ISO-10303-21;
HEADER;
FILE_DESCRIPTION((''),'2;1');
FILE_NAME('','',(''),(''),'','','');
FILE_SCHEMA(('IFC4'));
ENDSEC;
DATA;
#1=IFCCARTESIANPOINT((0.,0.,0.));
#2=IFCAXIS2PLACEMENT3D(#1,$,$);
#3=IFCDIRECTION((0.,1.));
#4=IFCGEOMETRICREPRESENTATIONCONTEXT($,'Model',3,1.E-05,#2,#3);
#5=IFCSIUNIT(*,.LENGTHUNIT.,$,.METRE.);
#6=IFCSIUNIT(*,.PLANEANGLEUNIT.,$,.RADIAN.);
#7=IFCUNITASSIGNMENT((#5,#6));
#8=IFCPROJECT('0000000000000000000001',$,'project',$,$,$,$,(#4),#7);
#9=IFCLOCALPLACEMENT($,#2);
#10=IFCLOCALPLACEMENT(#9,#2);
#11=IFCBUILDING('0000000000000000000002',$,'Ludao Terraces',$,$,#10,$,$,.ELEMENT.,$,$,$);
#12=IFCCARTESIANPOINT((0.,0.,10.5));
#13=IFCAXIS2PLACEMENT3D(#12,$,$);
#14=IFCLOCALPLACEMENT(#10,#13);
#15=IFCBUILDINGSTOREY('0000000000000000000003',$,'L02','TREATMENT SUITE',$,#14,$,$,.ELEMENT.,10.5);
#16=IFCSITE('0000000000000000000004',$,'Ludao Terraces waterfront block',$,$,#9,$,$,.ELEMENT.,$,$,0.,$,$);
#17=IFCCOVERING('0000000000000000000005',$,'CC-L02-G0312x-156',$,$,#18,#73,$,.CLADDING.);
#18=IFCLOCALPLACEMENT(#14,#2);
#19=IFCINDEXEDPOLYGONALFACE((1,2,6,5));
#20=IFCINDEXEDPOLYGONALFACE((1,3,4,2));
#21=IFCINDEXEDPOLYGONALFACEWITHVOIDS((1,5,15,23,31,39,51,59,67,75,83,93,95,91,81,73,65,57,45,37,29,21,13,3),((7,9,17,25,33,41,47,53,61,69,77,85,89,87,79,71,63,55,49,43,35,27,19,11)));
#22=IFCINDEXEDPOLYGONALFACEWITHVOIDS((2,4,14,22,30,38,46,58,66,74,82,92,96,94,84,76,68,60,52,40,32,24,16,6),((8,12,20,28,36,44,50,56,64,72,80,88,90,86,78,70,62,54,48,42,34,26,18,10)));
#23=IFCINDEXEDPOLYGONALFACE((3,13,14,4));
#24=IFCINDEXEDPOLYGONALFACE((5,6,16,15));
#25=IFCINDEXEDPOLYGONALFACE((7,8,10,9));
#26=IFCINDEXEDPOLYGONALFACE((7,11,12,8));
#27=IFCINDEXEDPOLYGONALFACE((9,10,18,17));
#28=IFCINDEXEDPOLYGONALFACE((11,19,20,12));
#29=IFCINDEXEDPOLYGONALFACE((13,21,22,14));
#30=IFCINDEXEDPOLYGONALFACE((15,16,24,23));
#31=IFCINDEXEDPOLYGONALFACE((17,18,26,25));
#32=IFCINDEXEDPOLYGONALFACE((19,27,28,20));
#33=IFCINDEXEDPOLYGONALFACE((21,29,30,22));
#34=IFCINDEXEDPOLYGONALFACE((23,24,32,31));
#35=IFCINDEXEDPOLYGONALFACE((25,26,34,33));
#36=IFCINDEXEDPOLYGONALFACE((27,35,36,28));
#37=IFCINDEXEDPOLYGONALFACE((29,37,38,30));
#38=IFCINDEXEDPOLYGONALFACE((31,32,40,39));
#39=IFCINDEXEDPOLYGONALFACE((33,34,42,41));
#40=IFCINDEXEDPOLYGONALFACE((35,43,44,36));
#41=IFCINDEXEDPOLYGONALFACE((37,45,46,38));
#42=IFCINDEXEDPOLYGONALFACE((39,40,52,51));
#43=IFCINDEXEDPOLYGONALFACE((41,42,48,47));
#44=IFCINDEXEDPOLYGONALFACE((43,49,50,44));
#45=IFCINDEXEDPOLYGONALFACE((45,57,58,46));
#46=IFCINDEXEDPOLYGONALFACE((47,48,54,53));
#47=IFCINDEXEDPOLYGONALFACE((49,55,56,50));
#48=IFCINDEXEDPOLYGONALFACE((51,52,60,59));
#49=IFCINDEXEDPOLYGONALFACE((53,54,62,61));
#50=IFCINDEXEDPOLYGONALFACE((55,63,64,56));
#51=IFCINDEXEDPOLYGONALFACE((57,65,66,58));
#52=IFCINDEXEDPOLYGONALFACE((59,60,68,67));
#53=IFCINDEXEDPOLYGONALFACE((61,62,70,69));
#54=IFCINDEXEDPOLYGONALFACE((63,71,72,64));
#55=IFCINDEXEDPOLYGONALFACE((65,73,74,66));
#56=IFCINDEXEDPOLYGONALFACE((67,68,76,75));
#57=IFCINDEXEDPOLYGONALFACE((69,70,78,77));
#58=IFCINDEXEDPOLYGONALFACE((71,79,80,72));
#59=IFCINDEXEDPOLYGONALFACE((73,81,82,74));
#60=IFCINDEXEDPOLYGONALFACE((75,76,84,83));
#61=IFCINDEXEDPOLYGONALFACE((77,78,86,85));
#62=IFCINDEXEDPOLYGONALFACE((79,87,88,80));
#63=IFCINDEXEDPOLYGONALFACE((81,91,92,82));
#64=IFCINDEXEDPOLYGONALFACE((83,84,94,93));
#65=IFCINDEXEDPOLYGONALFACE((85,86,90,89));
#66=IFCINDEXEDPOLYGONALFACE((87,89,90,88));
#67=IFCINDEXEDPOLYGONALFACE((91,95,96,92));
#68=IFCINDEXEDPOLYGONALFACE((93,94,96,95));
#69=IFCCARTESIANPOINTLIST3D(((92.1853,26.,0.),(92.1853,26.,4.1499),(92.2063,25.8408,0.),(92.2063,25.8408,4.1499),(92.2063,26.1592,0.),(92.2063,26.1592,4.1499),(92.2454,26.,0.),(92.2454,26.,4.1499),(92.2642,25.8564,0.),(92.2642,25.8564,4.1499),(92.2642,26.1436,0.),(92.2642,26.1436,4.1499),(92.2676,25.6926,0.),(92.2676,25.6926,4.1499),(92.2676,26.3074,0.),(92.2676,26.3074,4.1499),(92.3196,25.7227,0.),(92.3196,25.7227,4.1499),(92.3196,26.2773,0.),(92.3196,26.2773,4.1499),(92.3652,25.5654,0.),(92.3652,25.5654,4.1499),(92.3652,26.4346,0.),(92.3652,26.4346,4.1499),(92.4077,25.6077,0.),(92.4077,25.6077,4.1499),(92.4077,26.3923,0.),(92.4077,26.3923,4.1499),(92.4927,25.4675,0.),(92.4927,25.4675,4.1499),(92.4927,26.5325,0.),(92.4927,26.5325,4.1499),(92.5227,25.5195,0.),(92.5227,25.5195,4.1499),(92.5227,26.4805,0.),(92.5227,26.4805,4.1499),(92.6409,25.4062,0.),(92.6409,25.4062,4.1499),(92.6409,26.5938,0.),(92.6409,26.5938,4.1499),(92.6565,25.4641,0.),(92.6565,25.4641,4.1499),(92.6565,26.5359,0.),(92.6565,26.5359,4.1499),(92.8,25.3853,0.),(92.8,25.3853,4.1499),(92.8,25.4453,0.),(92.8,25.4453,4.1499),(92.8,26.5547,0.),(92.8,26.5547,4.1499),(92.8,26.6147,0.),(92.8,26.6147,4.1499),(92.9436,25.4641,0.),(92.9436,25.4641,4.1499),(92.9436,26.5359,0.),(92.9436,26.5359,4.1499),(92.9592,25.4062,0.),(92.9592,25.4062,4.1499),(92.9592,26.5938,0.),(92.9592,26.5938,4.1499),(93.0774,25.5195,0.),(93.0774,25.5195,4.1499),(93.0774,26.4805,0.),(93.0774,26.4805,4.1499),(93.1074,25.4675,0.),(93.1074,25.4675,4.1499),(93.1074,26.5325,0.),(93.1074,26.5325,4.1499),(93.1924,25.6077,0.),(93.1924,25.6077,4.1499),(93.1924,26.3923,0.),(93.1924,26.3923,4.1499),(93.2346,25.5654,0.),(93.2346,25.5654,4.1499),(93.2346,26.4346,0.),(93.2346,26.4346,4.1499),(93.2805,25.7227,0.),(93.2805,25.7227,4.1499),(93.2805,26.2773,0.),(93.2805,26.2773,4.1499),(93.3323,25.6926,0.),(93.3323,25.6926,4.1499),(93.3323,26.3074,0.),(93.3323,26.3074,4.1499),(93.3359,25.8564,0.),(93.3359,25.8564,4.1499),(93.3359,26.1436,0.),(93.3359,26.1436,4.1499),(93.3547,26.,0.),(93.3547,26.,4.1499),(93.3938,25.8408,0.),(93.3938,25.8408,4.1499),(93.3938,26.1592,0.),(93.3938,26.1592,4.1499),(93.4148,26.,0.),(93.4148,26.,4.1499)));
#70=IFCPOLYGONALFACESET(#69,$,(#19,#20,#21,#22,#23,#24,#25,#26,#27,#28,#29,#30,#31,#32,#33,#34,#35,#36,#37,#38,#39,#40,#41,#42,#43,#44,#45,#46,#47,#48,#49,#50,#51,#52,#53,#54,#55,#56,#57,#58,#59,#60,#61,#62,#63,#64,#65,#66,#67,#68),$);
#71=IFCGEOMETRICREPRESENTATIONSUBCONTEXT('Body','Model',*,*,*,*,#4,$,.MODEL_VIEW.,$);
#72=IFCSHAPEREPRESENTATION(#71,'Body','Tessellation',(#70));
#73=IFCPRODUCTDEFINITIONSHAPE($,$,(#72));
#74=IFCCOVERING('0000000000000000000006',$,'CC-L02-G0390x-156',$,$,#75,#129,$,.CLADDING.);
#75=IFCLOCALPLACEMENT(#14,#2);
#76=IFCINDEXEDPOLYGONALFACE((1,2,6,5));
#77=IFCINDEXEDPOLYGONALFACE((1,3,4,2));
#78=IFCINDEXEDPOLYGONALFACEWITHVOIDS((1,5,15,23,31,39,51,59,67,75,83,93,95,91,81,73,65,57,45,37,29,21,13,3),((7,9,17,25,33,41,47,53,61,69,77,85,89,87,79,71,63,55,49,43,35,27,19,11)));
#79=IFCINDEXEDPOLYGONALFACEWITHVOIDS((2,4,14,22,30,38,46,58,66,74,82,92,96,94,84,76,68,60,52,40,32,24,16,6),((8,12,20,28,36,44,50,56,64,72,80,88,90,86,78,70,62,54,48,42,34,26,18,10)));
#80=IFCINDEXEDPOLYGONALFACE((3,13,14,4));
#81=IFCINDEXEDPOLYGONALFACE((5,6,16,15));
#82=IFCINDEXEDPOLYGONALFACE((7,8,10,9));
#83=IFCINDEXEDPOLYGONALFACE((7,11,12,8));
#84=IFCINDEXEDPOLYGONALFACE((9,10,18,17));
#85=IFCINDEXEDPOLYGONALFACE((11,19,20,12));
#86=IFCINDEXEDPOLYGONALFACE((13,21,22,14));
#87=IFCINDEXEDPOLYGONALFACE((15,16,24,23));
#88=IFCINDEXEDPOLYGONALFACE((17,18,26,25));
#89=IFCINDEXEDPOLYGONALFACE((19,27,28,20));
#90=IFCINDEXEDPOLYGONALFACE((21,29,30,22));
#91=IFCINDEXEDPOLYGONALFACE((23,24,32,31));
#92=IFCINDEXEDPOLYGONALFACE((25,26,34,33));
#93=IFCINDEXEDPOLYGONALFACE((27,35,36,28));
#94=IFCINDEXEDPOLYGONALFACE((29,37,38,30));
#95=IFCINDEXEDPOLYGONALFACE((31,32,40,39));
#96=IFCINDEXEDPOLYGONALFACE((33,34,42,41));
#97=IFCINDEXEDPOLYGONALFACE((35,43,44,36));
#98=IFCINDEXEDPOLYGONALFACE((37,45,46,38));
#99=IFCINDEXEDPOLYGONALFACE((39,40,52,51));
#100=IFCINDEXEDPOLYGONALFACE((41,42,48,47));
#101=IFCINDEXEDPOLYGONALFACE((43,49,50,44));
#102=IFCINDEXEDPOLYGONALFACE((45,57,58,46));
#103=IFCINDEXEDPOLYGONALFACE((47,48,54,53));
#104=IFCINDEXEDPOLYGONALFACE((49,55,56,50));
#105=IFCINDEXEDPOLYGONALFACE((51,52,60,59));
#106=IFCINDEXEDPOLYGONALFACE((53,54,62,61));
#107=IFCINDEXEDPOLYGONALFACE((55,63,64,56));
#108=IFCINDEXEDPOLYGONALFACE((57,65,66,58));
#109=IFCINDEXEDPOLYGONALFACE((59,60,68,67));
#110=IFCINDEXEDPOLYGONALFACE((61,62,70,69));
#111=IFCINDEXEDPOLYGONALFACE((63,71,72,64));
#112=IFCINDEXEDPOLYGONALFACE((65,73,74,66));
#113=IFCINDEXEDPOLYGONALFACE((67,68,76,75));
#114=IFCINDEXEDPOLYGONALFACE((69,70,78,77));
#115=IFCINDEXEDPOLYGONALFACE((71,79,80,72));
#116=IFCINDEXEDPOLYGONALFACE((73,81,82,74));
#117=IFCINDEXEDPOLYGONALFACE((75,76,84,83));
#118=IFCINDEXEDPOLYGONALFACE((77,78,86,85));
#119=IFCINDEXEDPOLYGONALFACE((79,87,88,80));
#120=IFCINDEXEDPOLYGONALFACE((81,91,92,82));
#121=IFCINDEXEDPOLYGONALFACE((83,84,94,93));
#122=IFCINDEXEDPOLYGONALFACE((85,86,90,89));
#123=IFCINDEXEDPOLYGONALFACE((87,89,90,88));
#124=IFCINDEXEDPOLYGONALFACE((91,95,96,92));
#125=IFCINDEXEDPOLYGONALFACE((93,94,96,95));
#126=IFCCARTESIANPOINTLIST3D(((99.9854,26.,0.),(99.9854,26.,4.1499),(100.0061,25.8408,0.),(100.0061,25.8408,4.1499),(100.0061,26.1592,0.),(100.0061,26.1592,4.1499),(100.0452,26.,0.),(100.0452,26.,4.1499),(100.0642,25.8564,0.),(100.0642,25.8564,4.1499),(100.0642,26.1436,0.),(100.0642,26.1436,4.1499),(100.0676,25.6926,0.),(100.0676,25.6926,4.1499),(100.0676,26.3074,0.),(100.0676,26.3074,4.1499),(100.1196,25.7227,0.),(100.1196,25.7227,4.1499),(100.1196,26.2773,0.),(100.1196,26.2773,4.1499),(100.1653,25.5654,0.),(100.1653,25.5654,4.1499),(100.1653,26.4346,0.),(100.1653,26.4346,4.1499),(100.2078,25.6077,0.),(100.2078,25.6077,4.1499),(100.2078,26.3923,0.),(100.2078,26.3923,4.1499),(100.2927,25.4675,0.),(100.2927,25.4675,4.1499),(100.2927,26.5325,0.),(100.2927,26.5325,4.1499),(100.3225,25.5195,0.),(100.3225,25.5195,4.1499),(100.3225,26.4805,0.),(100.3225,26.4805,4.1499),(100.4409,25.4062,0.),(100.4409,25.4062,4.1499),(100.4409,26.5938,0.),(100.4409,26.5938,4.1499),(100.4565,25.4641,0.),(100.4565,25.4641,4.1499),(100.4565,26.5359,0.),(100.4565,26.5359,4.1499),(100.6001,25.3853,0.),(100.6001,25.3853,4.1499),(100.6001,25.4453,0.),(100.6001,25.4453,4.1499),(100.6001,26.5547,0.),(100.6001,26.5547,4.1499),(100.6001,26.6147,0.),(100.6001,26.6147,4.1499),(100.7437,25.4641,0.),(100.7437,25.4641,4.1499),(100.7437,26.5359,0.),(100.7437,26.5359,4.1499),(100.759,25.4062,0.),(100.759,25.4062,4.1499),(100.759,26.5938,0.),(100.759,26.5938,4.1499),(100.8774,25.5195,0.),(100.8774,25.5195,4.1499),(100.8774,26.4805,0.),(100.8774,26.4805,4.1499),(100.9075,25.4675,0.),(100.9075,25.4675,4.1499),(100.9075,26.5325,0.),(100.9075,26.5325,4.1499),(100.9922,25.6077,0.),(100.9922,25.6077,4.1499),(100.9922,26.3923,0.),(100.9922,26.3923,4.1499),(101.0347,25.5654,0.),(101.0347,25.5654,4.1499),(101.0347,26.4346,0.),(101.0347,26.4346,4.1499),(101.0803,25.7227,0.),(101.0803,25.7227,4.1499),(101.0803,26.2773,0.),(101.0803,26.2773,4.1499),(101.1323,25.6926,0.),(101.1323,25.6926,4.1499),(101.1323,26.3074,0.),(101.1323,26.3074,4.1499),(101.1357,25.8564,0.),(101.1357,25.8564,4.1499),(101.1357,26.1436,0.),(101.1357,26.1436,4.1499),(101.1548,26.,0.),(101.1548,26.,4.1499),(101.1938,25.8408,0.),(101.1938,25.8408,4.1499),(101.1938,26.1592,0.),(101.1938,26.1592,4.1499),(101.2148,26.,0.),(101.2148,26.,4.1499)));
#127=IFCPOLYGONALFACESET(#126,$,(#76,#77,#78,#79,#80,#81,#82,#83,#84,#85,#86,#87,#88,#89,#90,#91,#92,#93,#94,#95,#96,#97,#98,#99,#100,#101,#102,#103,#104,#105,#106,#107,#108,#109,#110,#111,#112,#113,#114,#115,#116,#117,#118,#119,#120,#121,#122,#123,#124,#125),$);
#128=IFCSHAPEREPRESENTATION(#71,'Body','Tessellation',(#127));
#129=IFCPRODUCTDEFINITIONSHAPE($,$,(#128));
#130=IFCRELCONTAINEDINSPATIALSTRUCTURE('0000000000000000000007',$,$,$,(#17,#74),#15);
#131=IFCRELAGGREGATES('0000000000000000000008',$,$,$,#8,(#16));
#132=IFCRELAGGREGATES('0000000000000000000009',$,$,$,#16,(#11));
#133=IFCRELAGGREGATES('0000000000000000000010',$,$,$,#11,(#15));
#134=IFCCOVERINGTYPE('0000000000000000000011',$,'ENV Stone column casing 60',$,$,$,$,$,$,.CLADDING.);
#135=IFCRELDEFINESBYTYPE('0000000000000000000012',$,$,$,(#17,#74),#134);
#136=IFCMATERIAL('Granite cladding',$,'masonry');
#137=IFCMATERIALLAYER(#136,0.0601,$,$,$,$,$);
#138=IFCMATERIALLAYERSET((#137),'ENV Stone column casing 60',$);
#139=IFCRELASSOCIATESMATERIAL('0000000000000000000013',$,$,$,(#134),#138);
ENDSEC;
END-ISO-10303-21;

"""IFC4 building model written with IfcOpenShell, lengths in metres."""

from ifc_helpers import new_model, si_unit, direction, frame, origin, place, context, subcontext, project, spatial, polyline, outline, extrude, material, layer, layer_set, type_object, element, save


model = new_model("IFC4")

# Units and contexts
model_context = context("Model", 3, precision=1e-05, world=origin(), true_north=direction((0.0, 1.0)))
body_context = subcontext(model_context, "Body", "Model", "MODEL_VIEW")
ifc_project = project(units=[si_unit("LENGTHUNIT", "METRE"), si_unit("PLANEANGLEUNIT", "RADIAN")], contexts=[model_context])

# Site, building, storey
site_placement = place(None, origin())
site = spatial("IfcSite", under=ifc_project, at=site_placement, Name="Ludao Terraces waterfront block", CompositionType="ELEMENT", RefElevation=0.0)
building_placement = place(site_placement, origin())
building = spatial("IfcBuilding", under=site, at=building_placement, Name="Ludao Terraces", CompositionType="ELEMENT")
storey_placement = place(building_placement, frame((0.0, 0.0, 10.5)))
storey = spatial("IfcBuildingStorey", under=building, at=storey_placement, Name="L02", Description="TREATMENT SUITE", CompositionType="ELEMENT", Elevation=10.5)

# Coverings
ifc_material_1 = material(Name="Granite cladding", Category="masonry")
ifc_layer_1 = layer(ifc_material_1, 0.0601)
ifc_layer_set_1 = layer_set([ifc_layer_1], Name="ENV Stone column casing 60")
covering_type = type_object("IfcCoveringType", Name="ENV Stone column casing 60", PredefinedType="CLADDING", material=ifc_layer_set_1)
covering_1_placement = place(storey_placement, origin())
element("IfcCovering", 1, at=covering_1_placement, inside=storey, type_object=covering_type, Name="CC-L02-G0312x-156", PredefinedType="CLADDING", context=body_context, shape_type="SweptSolid", body=[
    extrude(outline(polyline([(93.4148, 26.0), (93.3938, 26.1592), (93.3323, 26.3074), (93.2346, 26.4346), (93.1074, 26.5325), (92.9592, 26.5938), (92.8, 26.6147), (92.6409, 26.5938), (92.4927, 26.5325), (92.3652, 26.4346), (92.2676, 26.3074), (92.2063, 26.1592), (92.1853, 26.0), (92.2063, 25.8408), (92.2676, 25.6926), (92.3652, 25.5654), (92.4927, 25.4675), (92.6409, 25.4062), (92.8, 25.3853), (92.9592, 25.4062), (93.1074, 25.4675), (93.2346, 25.5654), (93.3323, 25.6926), (93.3938, 25.8408), (93.4148, 26.0)]), holes=[polyline([(93.3359, 25.8564), (93.2805, 25.7227), (93.1924, 25.6077), (93.0774, 25.5195), (92.9436, 25.4641), (92.8, 25.4453), (92.6565, 25.4641), (92.5227, 25.5195), (92.4077, 25.6077), (92.3196, 25.7227), (92.2642, 25.8564), (92.2454, 26.0), (92.2642, 26.1436), (92.3196, 26.2773), (92.4077, 26.3923), (92.5227, 26.4805), (92.6565, 26.5359), (92.8, 26.5547), (92.9436, 26.5359), (93.0774, 26.4805), (93.1924, 26.3923), (93.2805, 26.2773), (93.3359, 26.1436), (93.3547, 26.0), (93.3359, 25.8564)])]), origin(), (0.0, 0.0, 1.0), 4.1499),
])
covering_2_placement = place(storey_placement, origin())
element("IfcCovering", 2, at=covering_2_placement, inside=storey, type_object=covering_type, Name="CC-L02-G0390x-156", PredefinedType="CLADDING", context=body_context, shape_type="SweptSolid", body=[
    extrude(outline(polyline([(101.2148, 26.0), (101.1938, 26.1592), (101.1323, 26.3074), (101.0347, 26.4346), (100.9075, 26.5325), (100.759, 26.5938), (100.6001, 26.6147), (100.4409, 26.5938), (100.2927, 26.5325), (100.1653, 26.4346), (100.0676, 26.3074), (100.0061, 26.1592), (99.9854, 26.0), (100.0061, 25.8408), (100.0676, 25.6926), (100.1653, 25.5654), (100.2927, 25.4675), (100.4409, 25.4062), (100.6001, 25.3853), (100.759, 25.4062), (100.9075, 25.4675), (101.0347, 25.5654), (101.1323, 25.6926), (101.1938, 25.8408), (101.2148, 26.0)]), holes=[polyline([(101.1357, 25.8564), (101.0803, 25.7227), (100.9922, 25.6077), (100.8774, 25.5195), (100.7437, 25.4641), (100.6001, 25.4453), (100.4565, 25.4641), (100.3225, 25.5195), (100.2078, 25.6077), (100.1196, 25.7227), (100.0642, 25.8564), (100.0452, 26.0), (100.0642, 26.1436), (100.1196, 26.2773), (100.2078, 26.3923), (100.3225, 26.4805), (100.4565, 26.5359), (100.6001, 26.5547), (100.7437, 26.5359), (100.8774, 26.4805), (100.9922, 26.3923), (101.0803, 26.2773), (101.1357, 26.1436), (101.1548, 26.0), (101.1357, 25.8564)])]), origin(), (0.0, 0.0, 1.0), 4.1499),
])

save(model, "model.ifc")
